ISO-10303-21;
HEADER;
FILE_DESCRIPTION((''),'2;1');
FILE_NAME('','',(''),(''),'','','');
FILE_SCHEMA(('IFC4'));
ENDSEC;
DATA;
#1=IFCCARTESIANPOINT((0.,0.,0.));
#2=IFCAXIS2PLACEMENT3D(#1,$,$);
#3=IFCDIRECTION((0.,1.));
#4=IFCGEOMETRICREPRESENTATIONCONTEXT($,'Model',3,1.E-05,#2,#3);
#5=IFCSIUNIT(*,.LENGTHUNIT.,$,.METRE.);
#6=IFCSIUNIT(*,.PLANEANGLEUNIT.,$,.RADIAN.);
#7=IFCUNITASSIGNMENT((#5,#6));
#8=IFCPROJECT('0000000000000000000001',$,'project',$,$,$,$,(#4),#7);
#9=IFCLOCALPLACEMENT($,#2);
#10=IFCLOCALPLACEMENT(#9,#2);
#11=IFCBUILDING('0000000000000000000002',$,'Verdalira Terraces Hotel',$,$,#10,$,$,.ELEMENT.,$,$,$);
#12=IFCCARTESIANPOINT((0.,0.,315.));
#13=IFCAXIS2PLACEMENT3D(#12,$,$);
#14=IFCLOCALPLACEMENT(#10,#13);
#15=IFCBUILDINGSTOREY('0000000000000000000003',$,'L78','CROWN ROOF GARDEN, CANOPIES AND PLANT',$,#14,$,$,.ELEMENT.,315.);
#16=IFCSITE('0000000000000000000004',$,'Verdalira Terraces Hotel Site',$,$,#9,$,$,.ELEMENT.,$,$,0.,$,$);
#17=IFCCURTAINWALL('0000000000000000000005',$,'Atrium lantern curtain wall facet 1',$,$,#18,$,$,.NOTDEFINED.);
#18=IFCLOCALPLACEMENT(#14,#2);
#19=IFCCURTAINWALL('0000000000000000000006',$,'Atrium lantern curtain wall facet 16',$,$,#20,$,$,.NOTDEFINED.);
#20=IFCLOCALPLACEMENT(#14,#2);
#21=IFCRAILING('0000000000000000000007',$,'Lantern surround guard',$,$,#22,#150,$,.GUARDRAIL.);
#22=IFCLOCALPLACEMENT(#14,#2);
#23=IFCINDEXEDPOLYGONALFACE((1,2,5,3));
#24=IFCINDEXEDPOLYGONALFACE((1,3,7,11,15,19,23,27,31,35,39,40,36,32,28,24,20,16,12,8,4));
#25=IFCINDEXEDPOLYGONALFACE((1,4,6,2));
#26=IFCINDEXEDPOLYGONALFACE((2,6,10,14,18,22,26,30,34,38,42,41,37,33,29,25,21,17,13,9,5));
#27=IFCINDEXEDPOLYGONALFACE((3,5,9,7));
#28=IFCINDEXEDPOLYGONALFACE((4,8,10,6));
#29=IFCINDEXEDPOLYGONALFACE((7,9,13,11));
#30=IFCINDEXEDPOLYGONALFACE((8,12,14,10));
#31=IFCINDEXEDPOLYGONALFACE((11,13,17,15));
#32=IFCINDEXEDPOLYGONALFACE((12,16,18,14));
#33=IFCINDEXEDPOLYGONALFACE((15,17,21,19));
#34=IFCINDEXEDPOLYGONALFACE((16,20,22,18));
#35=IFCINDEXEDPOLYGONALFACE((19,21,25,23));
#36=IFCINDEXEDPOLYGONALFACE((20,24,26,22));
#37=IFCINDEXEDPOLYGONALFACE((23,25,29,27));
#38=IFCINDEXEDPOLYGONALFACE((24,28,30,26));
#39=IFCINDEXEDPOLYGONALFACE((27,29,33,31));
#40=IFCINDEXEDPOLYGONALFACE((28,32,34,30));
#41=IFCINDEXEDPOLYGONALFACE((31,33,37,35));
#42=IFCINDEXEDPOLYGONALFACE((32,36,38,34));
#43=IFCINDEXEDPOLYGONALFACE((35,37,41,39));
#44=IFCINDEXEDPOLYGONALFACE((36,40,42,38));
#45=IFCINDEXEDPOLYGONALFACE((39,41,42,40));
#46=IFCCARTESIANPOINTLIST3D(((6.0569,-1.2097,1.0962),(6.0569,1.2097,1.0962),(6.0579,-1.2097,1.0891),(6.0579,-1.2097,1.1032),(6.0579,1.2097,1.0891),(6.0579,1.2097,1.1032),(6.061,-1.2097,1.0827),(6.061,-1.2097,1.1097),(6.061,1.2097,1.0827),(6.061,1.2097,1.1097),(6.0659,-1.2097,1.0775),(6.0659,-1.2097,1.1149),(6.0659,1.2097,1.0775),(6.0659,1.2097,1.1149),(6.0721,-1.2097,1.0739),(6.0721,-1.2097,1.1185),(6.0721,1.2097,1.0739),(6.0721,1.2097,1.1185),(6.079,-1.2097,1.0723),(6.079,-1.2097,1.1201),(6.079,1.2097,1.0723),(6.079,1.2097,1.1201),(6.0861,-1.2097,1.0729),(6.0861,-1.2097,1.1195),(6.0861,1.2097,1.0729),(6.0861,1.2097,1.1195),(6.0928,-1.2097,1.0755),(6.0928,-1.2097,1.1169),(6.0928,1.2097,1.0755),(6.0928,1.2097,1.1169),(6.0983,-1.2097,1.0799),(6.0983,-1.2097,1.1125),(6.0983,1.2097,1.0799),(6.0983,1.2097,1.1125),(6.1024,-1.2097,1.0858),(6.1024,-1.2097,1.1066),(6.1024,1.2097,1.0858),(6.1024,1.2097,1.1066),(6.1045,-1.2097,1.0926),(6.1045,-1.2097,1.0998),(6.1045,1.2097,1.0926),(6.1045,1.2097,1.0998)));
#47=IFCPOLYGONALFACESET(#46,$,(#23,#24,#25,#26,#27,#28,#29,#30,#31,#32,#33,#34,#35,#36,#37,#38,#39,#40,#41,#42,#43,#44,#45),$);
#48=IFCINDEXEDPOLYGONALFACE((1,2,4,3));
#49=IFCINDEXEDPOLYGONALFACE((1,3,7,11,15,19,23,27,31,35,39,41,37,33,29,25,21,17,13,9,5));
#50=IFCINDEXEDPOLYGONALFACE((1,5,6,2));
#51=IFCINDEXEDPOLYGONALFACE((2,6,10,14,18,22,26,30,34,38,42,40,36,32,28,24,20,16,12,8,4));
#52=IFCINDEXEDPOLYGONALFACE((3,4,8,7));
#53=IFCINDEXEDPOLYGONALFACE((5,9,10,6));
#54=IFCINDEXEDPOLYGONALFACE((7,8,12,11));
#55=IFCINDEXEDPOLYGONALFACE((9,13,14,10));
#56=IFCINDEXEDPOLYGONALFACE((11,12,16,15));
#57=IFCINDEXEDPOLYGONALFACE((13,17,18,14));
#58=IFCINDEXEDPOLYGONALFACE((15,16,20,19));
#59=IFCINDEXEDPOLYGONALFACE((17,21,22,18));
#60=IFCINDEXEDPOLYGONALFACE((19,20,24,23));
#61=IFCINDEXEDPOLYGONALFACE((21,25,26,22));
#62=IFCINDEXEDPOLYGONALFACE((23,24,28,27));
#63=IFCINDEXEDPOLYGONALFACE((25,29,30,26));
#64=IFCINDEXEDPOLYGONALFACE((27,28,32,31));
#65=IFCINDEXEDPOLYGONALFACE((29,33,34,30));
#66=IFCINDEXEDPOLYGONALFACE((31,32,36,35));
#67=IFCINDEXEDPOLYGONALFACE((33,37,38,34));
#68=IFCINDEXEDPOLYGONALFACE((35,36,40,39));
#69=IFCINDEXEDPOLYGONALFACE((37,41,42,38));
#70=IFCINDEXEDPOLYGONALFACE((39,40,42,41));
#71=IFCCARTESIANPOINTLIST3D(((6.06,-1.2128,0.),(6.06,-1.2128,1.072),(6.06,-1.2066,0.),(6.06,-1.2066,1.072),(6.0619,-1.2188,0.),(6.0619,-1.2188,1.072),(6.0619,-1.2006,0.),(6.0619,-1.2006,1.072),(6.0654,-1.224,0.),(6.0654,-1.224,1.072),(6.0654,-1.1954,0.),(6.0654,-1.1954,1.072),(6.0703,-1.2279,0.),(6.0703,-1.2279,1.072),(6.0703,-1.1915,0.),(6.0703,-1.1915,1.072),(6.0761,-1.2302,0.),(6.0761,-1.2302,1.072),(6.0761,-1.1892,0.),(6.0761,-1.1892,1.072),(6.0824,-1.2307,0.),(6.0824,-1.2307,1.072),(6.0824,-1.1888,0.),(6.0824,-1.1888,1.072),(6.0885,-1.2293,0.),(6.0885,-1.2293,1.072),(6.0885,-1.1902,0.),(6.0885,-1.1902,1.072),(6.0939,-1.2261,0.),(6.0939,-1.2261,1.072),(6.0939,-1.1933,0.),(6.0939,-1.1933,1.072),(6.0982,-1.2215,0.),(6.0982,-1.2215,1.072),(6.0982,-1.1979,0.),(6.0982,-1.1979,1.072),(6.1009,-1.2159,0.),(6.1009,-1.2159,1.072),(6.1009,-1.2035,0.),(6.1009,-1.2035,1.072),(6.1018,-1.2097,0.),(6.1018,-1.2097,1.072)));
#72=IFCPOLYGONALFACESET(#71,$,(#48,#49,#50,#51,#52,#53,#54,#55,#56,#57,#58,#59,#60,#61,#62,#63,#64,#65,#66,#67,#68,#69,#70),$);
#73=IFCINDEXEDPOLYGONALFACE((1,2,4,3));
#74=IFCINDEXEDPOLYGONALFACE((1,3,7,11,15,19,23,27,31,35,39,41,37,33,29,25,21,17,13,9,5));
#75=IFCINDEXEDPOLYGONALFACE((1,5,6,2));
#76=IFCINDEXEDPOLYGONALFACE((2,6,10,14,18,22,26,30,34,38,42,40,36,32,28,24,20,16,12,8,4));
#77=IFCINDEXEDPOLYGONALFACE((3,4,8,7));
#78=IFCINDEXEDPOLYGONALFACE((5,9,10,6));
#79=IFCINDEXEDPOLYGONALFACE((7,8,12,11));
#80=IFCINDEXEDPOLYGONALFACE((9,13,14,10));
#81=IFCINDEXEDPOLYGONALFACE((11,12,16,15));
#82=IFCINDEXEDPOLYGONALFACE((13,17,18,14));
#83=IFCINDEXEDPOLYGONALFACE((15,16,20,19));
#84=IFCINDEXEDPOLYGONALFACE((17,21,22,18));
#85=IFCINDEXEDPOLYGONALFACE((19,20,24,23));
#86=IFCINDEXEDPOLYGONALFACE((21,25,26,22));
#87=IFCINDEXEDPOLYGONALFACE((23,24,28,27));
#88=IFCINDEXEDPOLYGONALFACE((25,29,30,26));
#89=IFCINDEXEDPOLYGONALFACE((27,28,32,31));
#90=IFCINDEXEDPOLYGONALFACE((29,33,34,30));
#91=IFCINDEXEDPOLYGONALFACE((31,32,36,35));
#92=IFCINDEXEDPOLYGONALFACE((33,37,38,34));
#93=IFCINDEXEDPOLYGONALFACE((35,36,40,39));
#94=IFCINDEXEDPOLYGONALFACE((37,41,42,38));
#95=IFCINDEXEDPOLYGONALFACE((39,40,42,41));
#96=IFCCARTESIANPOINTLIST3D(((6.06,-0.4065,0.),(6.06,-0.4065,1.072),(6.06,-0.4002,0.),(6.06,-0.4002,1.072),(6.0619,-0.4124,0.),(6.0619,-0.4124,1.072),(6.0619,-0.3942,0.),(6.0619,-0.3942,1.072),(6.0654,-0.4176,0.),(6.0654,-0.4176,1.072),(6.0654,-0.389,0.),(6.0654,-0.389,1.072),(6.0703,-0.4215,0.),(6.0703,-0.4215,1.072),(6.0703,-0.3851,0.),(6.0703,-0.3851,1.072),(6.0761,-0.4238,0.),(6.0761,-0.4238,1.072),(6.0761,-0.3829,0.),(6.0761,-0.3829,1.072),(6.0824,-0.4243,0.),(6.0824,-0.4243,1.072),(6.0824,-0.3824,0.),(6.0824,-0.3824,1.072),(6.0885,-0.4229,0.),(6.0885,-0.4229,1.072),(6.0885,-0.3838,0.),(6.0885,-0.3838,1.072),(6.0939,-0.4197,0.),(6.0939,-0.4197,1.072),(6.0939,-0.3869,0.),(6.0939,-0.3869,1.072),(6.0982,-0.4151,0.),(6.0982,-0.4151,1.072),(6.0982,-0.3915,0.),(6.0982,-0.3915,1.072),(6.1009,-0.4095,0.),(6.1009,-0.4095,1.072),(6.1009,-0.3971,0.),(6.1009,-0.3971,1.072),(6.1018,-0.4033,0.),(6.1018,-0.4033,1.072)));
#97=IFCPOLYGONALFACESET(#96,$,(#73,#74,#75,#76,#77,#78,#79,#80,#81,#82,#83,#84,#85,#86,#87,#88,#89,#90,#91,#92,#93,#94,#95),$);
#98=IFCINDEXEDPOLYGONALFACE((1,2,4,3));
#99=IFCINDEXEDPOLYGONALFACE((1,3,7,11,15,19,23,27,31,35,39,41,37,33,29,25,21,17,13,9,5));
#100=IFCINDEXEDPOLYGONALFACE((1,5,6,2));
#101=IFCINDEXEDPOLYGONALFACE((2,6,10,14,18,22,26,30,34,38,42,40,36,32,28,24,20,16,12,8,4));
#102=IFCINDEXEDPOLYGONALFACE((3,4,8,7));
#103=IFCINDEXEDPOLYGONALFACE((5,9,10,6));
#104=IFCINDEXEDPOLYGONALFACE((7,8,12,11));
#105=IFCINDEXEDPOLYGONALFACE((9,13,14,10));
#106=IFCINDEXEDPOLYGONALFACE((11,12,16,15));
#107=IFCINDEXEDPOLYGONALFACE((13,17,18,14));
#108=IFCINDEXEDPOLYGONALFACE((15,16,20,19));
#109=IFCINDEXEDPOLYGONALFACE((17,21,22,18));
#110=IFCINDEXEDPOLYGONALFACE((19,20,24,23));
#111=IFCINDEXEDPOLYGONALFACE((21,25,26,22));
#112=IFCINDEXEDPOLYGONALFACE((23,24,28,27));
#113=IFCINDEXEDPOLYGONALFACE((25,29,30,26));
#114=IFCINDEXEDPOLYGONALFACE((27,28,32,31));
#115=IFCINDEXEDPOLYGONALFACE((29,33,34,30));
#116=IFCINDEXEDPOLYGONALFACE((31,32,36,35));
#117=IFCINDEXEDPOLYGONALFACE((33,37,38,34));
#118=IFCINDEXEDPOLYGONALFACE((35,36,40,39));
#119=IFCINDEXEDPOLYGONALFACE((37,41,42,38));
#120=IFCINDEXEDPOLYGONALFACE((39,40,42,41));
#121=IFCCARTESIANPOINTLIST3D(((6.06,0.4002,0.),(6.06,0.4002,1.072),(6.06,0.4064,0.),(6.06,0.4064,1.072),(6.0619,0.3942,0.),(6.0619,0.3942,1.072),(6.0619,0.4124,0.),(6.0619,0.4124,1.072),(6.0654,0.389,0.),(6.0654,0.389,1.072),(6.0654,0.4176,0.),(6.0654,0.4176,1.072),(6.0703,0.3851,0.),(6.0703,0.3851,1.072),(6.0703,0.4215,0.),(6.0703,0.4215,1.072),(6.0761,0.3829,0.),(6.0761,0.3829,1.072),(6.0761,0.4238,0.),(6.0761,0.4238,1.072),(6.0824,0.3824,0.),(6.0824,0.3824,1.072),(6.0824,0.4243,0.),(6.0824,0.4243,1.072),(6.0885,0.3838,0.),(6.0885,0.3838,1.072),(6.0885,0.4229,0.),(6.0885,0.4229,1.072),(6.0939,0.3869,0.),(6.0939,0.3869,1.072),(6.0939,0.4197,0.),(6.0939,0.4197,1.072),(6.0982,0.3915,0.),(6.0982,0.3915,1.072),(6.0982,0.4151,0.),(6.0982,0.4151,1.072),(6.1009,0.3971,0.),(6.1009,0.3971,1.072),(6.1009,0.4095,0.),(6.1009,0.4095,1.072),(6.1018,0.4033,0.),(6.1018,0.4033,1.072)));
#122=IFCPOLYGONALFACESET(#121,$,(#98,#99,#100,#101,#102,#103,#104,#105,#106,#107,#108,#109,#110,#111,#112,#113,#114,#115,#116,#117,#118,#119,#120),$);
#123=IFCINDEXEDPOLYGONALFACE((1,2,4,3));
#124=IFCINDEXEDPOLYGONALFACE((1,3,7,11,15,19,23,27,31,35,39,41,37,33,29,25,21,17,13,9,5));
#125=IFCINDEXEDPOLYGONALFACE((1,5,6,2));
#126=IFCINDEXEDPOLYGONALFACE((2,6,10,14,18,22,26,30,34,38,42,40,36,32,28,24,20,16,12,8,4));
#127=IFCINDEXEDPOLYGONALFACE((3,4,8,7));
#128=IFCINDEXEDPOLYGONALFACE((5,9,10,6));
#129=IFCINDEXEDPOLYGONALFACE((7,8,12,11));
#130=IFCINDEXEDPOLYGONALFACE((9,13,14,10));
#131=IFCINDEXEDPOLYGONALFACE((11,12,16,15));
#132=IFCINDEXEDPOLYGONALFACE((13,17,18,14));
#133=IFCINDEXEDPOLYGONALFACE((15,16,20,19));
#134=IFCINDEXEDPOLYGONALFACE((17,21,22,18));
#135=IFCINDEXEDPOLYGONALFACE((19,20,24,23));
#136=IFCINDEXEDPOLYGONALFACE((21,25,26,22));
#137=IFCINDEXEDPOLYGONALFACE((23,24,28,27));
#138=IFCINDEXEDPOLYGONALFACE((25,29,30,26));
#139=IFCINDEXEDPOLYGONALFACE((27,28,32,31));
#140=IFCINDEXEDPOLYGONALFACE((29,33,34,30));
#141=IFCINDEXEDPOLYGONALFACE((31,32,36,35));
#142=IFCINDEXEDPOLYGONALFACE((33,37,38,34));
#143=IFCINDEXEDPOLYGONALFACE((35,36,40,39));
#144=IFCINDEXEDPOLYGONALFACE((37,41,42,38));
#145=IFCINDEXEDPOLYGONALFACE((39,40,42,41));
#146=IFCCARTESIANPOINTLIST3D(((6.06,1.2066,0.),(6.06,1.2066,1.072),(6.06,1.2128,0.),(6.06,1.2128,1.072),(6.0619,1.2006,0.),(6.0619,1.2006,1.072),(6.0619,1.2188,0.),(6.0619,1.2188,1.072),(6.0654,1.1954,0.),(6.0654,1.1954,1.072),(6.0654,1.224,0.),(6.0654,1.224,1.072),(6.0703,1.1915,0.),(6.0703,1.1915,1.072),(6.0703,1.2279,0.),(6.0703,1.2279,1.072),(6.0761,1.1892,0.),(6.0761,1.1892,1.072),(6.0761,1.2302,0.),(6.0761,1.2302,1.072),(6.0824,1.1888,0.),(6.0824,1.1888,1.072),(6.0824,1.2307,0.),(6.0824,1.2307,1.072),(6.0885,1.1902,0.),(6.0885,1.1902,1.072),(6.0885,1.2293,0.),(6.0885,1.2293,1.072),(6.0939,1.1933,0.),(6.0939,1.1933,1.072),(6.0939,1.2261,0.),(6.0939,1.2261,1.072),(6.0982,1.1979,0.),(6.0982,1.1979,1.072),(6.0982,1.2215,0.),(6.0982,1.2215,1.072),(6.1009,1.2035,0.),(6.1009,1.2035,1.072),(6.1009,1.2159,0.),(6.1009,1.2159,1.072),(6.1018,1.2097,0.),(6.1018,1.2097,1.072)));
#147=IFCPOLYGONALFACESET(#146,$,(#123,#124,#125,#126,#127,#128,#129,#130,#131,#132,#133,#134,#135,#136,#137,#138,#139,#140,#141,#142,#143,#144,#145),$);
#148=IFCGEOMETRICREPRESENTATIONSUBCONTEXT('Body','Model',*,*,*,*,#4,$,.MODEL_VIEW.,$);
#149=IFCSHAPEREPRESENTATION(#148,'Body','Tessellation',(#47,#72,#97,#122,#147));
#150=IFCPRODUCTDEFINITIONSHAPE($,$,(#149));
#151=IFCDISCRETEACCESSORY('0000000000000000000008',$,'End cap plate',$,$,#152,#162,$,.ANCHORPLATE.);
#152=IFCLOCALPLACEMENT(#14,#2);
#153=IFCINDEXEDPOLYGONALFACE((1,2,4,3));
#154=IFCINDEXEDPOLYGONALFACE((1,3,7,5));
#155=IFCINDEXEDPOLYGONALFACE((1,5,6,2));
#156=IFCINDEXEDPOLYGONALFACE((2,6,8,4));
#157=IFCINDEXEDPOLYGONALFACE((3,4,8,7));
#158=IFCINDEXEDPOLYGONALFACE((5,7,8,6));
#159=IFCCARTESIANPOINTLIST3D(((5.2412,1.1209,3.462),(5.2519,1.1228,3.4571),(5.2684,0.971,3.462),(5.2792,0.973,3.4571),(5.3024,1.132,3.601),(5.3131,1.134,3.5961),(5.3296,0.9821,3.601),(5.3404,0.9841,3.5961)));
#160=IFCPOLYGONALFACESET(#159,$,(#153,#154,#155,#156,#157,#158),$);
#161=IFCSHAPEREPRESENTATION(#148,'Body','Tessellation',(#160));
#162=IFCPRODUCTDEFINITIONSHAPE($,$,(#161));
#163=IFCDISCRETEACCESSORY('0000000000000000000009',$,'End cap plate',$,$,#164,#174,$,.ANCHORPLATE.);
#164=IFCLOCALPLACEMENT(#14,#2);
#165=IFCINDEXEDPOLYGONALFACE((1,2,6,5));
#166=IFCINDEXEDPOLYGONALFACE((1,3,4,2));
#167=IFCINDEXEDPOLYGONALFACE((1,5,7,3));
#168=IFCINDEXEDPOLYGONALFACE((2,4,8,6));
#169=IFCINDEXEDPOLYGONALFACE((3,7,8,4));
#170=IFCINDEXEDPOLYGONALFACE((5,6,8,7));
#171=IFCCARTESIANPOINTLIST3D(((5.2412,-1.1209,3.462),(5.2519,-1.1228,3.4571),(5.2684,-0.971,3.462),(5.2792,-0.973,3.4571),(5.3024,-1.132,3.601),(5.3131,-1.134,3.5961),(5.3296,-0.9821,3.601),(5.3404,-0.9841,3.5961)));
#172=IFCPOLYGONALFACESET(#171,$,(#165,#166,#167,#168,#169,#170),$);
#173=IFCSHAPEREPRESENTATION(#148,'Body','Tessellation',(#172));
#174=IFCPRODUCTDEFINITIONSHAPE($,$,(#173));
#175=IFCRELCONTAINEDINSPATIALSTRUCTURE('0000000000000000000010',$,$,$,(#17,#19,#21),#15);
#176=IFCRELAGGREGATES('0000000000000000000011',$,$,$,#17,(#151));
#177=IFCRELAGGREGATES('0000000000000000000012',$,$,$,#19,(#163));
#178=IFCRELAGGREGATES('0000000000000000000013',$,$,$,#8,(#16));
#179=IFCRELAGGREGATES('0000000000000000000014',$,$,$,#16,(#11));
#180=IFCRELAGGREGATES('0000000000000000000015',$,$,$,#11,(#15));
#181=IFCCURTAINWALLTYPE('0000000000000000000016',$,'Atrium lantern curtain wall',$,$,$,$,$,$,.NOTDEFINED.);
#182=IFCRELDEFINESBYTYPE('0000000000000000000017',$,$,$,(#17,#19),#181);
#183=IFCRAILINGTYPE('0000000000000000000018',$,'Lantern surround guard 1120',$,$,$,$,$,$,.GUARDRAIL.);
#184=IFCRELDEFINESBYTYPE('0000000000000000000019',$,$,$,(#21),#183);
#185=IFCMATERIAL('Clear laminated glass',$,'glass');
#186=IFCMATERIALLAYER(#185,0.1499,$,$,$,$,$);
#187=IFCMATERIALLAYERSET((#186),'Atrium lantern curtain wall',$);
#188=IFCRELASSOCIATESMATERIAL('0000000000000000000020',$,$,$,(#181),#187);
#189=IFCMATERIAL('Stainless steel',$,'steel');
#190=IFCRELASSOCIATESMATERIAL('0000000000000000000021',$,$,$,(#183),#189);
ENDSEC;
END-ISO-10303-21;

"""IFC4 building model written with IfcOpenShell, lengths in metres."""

from ifc_helpers import new_model, si_unit, direction, frame, origin, origin_2d, place, context, subcontext, project, spatial, rectangle, circle, extrude, material, layer, layer_set, type_object, element, aggregate, save


model = new_model("IFC4")

# Units and contexts
model_context = context("Model", 3, precision=1e-05, world=origin(), true_north=direction((0.0, 1.0)))
body_context = subcontext(model_context, "Body", "Model", "MODEL_VIEW")
ifc_project = project(units=[si_unit("LENGTHUNIT", "METRE"), si_unit("PLANEANGLEUNIT", "RADIAN")], contexts=[model_context])

# Site, building, storey
site_placement = place(None, origin())
site = spatial("IfcSite", under=ifc_project, at=site_placement, Name="Verdalira Terraces Hotel Site", CompositionType="ELEMENT", RefElevation=0.0)
building_placement = place(site_placement, origin())
building = spatial("IfcBuilding", under=site, at=building_placement, Name="Verdalira Terraces Hotel", CompositionType="ELEMENT")
storey_placement = place(building_placement, frame((0.0, 0.0, 315.0)))
storey = spatial("IfcBuildingStorey", under=building, at=storey_placement, Name="L78", Description="CROWN ROOF GARDEN, CANOPIES AND PLANT", CompositionType="ELEMENT", Elevation=315.0)

# Curtain walls
ifc_material_1 = material(Name="Clear laminated glass", Category="glass")
ifc_layer_1 = layer(ifc_material_1, 0.1499)
ifc_layer_set_1 = layer_set([ifc_layer_1], Name="Atrium lantern curtain wall")
curtain_wall_type = type_object("IfcCurtainWallType", Name="Atrium lantern curtain wall", PredefinedType="NOTDEFINED", material=ifc_layer_set_1)
curtain_wall_1_placement = place(storey_placement, origin())
curtain_wall_1 = element("IfcCurtainWall", 1, at=curtain_wall_1_placement, inside=storey, type_object=curtain_wall_type, Name="Atrium lantern curtain wall facet 1", PredefinedType="NOTDEFINED")
curtain_wall_2_placement = place(storey_placement, origin())
curtain_wall_2 = element("IfcCurtainWall", 2, at=curtain_wall_2_placement, inside=storey, type_object=curtain_wall_type, Name="Atrium lantern curtain wall facet 16", PredefinedType="NOTDEFINED")

# Railing
ifc_material_2 = material(Name="Stainless steel", Category="steel")
railing_type_1 = type_object("IfcRailingType", Name="Lantern surround guard 1120", PredefinedType="GUARDRAIL", material=ifc_material_2)
railing_1_placement = place(storey_placement, frame((6.0808, -1.2097, 0.0)))
element("IfcRailing", 3, at=railing_1_placement, inside=storey, type_object=railing_type_1, Name="Lantern surround guard", PredefinedType="GUARDRAIL", context=body_context, shape_type="SweptSolid", body=[
    extrude(circle(Radius=0.0239, at=origin_2d()), frame((0.0, 0.0, 1.0962), z_axis=(0.0, 1.0, 0.0), x_axis=(-1.0, 0.0, 0.0)), (0.0, 0.0, 1.0), 2.4194),
    extrude(circle(Radius=0.021, at=origin_2d()), origin(), (0.0, 0.0, 1.0), 1.072),
    extrude(circle(Radius=0.021, at=origin_2d()), frame((0.0, 0.8064, 0.0)), (0.0, 0.0, 1.0), 1.072),
    extrude(circle(Radius=0.021, at=origin_2d()), frame((0.0, 1.613, 0.0)), (0.0, 0.0, 1.0), 1.072),
    extrude(circle(Radius=0.021, at=origin_2d()), frame((0.0, 2.4194, 0.0)), (0.0, 0.0, 1.0), 1.072),
])

# Discrete accessories
discrete_accessory_1_placement = place(storey_placement, frame((5.2961, 1.0535, 3.5266), z_axis=(-0.898146, -0.163299, 0.408248), x_axis=(0.178885, -0.98387, 0.0)))
discrete_accessory_1 = element("IfcDiscreteAccessory", 4, at=discrete_accessory_1_placement, Name="End cap plate", PredefinedType="ANCHORPLATE", context=body_context, shape_type="SweptSolid", body=[
    extrude(rectangle(XDim=0.1523, YDim=0.1523, at=origin_2d()), origin(), (0.0, 0.0, 1.0), 0.012),
])
aggregate(curtain_wall_1, [discrete_accessory_1])
discrete_accessory_2_placement = place(storey_placement, frame((5.2961, -1.0535, 3.5266), z_axis=(-0.898146, 0.163299, 0.408248), x_axis=(-0.178885, -0.98387, 0.0)))
discrete_accessory_2 = element("IfcDiscreteAccessory", 5, at=discrete_accessory_2_placement, Name="End cap plate", PredefinedType="ANCHORPLATE", context=body_context, shape_type="SweptSolid", body=[
    extrude(rectangle(XDim=0.1523, YDim=0.1523, at=origin_2d()), origin(), (0.0, 0.0, 1.0), 0.012),
])
aggregate(curtain_wall_2, [discrete_accessory_2])

save(model, "model.ifc")
